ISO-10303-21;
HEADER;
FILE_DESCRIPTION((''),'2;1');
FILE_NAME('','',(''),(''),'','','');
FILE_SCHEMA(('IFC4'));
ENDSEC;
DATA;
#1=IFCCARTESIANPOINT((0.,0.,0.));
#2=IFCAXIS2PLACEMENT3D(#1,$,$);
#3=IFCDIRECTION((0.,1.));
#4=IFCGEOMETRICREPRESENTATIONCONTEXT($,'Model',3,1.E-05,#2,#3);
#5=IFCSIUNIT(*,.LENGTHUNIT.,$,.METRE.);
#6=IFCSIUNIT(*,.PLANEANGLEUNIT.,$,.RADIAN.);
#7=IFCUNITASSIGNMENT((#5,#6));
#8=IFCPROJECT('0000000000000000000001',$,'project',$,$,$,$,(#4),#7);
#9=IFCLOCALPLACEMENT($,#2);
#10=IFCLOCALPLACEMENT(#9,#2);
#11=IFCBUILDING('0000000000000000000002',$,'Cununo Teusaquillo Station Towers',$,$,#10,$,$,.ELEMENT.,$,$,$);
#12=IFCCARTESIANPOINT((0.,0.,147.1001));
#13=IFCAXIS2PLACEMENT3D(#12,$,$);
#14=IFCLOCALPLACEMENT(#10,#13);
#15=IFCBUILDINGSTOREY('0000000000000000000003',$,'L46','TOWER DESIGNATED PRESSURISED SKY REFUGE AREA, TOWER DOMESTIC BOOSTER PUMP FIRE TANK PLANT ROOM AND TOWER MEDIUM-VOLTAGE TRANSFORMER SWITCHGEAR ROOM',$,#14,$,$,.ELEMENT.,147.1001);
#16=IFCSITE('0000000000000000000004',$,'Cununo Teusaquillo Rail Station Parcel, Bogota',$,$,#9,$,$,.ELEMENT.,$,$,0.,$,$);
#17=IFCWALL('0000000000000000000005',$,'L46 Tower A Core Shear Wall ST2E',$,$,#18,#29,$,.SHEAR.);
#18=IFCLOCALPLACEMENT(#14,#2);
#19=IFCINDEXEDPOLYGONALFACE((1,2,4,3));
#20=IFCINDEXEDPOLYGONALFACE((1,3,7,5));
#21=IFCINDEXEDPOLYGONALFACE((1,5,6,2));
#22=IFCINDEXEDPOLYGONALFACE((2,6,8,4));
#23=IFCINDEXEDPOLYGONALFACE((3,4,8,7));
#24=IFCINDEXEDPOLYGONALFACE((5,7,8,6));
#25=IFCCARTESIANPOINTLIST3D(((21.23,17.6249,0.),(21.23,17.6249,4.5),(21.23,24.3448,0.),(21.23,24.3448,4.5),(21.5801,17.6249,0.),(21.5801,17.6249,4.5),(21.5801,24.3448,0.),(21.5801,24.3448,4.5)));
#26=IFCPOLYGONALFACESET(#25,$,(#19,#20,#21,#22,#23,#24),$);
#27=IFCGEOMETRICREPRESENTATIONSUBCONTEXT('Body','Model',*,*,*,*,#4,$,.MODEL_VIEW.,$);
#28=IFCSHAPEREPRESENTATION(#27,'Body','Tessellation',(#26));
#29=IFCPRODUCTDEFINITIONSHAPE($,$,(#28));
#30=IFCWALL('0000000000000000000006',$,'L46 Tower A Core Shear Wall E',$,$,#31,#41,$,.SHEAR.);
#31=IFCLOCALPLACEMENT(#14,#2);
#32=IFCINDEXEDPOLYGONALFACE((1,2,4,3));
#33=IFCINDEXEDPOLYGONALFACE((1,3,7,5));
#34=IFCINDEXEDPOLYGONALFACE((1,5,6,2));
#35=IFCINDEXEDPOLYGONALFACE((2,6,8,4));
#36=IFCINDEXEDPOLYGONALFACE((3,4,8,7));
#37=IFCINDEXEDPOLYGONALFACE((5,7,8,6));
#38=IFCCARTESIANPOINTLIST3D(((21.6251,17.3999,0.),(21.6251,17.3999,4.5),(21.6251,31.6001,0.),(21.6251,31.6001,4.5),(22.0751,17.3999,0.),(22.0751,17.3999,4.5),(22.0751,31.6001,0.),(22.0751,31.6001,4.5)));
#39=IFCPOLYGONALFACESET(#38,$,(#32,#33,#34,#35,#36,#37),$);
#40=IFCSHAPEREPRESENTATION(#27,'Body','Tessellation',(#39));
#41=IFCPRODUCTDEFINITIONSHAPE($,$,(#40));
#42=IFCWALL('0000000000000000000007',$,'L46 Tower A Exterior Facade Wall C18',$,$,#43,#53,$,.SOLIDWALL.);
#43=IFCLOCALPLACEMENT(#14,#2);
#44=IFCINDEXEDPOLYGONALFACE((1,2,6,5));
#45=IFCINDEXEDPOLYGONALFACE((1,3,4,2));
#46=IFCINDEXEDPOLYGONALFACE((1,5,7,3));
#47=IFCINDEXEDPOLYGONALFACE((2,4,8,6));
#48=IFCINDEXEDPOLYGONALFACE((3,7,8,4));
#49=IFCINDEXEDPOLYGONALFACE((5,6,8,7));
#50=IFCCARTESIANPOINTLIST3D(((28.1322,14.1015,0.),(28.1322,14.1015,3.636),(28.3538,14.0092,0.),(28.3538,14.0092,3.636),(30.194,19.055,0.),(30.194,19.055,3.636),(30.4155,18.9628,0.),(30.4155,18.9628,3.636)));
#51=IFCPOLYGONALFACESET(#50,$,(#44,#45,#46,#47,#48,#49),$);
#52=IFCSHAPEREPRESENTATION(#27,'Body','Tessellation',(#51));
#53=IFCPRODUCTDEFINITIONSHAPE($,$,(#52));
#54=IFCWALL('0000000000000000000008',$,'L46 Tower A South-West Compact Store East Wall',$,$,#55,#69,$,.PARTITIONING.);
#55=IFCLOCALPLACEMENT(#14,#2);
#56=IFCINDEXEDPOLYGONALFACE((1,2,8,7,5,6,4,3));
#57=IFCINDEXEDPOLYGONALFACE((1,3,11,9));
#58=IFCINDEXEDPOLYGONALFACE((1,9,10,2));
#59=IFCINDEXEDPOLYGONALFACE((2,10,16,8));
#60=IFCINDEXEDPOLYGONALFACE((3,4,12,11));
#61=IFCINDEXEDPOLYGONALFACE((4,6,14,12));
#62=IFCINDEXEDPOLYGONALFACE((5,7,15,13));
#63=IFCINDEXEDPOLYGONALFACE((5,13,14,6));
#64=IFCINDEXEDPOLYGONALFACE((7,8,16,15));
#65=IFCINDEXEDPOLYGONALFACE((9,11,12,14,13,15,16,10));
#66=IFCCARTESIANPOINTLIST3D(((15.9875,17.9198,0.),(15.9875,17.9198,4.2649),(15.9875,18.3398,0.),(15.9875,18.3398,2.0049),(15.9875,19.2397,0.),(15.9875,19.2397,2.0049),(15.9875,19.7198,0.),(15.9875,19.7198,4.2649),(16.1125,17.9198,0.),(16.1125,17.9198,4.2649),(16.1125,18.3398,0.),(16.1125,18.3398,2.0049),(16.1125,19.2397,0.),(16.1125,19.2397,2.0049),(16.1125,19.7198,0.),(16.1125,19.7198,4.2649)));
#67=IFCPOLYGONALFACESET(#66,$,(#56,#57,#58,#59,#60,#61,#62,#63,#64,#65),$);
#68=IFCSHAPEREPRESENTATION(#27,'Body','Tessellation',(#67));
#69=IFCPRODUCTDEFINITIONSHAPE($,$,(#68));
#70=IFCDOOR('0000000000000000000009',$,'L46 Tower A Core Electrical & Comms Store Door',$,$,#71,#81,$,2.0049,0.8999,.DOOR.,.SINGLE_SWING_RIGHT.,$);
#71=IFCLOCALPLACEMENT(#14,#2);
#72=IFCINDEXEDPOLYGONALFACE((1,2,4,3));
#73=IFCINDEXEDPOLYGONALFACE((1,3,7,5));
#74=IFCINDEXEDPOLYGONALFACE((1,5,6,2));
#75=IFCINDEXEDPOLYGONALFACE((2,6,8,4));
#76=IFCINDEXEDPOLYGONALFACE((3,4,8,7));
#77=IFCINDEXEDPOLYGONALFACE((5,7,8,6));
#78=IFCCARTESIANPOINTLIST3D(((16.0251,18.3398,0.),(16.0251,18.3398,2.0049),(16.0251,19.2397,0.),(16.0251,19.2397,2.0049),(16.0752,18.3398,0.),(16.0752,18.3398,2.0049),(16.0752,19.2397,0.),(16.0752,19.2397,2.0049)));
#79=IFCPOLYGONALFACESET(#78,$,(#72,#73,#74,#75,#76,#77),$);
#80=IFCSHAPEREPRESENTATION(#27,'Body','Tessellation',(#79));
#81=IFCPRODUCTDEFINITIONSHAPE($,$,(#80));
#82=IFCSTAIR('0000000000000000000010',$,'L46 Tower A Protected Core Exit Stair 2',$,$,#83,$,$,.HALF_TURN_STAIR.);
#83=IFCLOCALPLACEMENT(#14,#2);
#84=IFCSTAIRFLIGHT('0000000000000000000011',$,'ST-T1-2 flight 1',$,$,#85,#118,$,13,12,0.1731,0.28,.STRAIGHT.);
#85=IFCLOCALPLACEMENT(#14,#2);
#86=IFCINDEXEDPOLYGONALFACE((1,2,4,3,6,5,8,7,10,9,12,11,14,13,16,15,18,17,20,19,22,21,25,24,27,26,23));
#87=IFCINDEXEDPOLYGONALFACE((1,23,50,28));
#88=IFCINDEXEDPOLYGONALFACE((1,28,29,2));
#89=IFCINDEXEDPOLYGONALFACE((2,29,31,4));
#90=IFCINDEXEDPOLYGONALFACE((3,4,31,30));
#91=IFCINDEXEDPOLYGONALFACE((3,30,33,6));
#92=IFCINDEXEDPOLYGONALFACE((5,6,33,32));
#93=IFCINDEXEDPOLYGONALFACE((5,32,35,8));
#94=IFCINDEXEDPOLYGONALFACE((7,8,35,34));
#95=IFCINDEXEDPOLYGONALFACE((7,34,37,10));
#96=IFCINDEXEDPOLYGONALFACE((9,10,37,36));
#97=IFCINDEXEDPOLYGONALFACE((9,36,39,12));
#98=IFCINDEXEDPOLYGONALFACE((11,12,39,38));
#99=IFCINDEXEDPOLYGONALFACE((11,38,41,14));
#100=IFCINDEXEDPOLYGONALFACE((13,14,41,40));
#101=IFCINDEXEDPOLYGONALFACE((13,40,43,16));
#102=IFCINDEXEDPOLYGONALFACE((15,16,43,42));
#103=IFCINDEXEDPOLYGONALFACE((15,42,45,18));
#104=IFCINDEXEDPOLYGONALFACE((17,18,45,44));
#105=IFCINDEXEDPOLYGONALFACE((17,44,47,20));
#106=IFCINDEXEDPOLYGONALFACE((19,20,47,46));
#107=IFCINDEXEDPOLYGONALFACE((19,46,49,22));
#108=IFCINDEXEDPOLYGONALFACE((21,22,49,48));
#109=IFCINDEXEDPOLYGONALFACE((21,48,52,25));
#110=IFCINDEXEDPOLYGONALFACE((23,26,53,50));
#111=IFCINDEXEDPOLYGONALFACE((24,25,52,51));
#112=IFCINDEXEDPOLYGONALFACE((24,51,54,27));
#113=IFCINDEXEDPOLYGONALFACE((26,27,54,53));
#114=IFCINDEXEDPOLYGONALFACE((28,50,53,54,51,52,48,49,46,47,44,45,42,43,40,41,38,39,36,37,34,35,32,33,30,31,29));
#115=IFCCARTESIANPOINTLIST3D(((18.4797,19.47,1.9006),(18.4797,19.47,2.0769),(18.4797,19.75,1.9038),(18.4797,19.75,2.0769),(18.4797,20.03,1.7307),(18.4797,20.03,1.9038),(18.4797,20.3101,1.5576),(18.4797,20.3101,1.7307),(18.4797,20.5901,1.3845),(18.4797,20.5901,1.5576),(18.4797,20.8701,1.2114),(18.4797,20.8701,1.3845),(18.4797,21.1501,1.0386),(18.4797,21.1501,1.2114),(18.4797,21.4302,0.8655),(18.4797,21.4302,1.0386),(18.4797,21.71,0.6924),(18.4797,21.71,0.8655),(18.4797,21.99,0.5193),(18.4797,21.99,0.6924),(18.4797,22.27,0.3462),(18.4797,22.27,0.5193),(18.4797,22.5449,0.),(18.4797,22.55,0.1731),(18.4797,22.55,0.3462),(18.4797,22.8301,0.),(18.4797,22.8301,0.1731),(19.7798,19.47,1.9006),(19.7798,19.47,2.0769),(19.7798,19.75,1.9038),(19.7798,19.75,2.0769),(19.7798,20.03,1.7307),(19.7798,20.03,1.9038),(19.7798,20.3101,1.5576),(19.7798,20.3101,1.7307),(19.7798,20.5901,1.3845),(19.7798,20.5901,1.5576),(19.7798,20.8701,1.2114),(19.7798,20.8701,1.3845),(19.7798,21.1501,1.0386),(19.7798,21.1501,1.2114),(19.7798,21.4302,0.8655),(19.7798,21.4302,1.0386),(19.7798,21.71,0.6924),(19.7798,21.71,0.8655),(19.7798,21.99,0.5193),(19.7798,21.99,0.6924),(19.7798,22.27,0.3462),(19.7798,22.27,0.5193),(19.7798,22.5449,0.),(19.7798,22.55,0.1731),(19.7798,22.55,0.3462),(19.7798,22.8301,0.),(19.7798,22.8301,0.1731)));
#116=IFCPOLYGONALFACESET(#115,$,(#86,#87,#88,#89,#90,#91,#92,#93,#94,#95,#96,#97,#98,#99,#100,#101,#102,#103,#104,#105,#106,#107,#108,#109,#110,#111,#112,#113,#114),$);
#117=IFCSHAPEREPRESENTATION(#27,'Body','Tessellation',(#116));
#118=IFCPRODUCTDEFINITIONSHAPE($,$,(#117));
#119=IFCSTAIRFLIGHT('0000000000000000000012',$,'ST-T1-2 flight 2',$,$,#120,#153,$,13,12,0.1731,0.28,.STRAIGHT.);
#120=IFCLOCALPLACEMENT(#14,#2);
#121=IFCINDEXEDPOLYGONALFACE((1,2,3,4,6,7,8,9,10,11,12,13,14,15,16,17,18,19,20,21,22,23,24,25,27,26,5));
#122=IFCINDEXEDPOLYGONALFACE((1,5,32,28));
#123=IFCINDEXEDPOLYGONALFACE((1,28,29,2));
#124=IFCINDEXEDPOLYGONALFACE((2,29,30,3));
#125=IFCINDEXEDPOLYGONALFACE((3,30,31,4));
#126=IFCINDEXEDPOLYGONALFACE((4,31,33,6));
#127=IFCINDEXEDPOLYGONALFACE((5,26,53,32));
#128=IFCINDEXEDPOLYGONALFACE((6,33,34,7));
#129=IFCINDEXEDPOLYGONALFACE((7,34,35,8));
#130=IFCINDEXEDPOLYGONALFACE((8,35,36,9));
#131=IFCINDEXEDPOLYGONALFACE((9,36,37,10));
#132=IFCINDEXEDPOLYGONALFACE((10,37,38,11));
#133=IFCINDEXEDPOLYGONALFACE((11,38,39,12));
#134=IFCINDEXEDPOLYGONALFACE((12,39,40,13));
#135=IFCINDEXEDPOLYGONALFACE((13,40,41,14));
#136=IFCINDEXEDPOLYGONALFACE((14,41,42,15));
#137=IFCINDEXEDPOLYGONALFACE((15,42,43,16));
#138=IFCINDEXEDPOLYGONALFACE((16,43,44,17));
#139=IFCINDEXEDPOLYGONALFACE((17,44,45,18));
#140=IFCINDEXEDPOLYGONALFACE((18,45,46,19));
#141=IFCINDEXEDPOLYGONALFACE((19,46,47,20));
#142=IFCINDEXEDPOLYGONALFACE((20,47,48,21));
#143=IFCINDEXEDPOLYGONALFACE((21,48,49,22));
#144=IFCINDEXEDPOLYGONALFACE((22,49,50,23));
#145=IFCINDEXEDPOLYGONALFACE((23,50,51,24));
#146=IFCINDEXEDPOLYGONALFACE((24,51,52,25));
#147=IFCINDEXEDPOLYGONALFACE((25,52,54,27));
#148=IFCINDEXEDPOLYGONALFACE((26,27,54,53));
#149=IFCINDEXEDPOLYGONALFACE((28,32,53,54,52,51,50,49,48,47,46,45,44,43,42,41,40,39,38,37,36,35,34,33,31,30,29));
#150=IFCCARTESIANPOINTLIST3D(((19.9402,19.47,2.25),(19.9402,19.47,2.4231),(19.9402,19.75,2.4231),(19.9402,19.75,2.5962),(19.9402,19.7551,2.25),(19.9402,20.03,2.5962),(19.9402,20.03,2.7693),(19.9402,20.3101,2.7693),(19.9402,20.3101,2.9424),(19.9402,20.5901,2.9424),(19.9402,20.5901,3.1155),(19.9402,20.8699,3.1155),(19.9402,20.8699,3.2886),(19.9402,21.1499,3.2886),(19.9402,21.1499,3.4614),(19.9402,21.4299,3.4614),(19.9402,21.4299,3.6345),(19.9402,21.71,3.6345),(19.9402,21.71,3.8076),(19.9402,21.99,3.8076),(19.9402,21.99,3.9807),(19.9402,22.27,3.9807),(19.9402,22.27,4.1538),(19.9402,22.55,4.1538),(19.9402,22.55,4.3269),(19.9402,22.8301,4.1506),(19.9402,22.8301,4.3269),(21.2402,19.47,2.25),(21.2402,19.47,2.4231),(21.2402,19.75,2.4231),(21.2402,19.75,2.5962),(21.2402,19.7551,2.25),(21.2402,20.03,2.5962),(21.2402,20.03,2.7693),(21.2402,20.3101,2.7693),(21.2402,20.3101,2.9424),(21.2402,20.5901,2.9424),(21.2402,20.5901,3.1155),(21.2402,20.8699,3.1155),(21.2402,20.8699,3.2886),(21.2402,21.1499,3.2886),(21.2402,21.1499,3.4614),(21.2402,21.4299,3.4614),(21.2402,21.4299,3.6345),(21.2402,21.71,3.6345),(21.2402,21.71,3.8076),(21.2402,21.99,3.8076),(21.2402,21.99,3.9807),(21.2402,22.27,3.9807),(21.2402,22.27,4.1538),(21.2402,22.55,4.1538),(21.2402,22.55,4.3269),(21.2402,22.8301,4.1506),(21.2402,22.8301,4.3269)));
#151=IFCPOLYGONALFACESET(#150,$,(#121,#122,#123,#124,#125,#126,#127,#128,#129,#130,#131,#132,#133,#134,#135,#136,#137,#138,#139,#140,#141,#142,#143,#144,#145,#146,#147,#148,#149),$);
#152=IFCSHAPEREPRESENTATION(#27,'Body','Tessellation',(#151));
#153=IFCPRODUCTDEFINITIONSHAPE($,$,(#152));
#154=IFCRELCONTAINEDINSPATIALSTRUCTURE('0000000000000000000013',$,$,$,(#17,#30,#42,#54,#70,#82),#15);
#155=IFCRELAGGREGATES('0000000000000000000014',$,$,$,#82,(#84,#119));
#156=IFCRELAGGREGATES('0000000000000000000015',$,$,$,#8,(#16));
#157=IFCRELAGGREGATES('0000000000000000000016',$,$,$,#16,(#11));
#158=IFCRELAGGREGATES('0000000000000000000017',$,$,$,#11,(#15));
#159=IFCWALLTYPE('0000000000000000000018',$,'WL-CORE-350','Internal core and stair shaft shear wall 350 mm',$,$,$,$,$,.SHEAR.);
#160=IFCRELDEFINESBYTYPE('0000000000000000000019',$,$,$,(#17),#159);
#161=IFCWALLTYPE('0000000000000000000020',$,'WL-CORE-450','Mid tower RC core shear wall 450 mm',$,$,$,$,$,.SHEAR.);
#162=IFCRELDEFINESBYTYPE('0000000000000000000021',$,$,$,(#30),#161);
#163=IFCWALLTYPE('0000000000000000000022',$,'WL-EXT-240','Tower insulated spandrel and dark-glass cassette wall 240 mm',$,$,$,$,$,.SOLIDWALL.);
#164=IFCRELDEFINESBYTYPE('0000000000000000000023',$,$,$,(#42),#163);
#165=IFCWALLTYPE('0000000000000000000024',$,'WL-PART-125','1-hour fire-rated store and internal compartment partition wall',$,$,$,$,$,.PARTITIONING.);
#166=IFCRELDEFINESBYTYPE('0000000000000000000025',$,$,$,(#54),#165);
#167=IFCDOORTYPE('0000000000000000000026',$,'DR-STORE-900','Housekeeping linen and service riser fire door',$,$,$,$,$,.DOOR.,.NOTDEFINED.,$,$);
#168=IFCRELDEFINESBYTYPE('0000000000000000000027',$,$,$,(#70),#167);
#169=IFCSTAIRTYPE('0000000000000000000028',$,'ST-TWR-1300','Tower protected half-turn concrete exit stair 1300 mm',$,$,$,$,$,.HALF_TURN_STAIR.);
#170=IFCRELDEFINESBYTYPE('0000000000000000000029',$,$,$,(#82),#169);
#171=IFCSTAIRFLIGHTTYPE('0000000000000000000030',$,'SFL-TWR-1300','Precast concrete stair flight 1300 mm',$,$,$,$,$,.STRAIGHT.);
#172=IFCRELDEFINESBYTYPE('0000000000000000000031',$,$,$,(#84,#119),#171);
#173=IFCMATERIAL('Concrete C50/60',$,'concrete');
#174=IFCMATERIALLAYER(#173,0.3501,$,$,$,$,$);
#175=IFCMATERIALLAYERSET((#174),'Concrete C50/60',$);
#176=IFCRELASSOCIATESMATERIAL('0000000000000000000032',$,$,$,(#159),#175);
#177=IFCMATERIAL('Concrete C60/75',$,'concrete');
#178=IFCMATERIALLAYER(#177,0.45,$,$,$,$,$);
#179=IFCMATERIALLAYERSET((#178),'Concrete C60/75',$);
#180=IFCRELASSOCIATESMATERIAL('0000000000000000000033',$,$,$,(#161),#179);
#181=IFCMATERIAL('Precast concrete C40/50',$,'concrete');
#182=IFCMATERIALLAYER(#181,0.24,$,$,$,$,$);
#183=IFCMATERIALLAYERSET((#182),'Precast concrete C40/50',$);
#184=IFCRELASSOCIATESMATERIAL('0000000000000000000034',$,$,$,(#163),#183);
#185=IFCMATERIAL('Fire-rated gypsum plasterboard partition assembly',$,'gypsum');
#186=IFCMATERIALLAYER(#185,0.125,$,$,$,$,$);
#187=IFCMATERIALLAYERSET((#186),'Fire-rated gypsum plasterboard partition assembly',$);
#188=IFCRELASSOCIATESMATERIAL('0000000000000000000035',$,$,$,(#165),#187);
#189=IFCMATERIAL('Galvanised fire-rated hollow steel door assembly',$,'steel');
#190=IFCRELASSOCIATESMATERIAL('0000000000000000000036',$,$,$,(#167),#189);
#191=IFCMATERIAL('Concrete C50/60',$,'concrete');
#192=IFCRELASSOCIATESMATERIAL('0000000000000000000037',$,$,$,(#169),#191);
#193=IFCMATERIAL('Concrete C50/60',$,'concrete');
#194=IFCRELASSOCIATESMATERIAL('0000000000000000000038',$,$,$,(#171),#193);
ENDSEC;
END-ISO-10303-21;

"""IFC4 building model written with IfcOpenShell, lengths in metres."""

from ifc_helpers import new_model, si_unit, direction, frame, frame_2d, origin, place, context, subcontext, project, spatial, polyline, rectangle, outline, extrude, source, transform, mapped, material, layer, layer_set, type_object, element, fill, aggregate, save


model = new_model("IFC4")

# Units and contexts
model_context = context("Model", 3, precision=1e-05, world=origin(), true_north=direction((0.0, 1.0)))
body_context = subcontext(model_context, "Body", "Model", "MODEL_VIEW")
ifc_project = project(units=[si_unit("LENGTHUNIT", "METRE"), si_unit("PLANEANGLEUNIT", "RADIAN")], contexts=[model_context])

# Site, building, storey
site_placement = place(None, origin())
site = spatial("IfcSite", under=ifc_project, at=site_placement, Name="Cununo Teusaquillo Rail Station Parcel, Bogota", CompositionType="ELEMENT", RefElevation=0.0)
building_placement = place(site_placement, origin())
building = spatial("IfcBuilding", under=site, at=building_placement, Name="Cununo Teusaquillo Station Towers", CompositionType="ELEMENT")
storey_placement = place(building_placement, frame((0.0, 0.0, 147.1001)))
storey = spatial("IfcBuildingStorey", under=building, at=storey_placement, Name="L46", Description="TOWER DESIGNATED PRESSURISED SKY REFUGE AREA, TOWER DOMESTIC BOOSTER PUMP FIRE TANK PLANT ROOM AND TOWER MEDIUM-VOLTAGE TRANSFORMER SWITCHGEAR ROOM", CompositionType="ELEMENT", Elevation=147.1001)

# Shared definitions
ifc_material_1 = material(Name="Concrete C50/60", Category="concrete")
ifc_layer_1 = layer(ifc_material_1, 0.3501)
ifc_layer_set_1 = layer_set([ifc_layer_1], Name="Concrete C50/60")
wall_type_1 = type_object("IfcWallType", Name="WL-CORE-350", Description="Internal core and stair shaft shear wall 350 mm", PredefinedType="SHEAR", material=ifc_layer_set_1)

# Walls
wall_1_placement = place(storey_placement, frame((21.405, 17.625, 0.0), z_axis=(0.0, 0.0, 1.0), x_axis=(0.0, 1.0, 0.0)))
element("IfcWall", 1, at=wall_1_placement, inside=storey, type_object=wall_type_1, Name="L46 Tower A Core Shear Wall ST2E", PredefinedType="SHEAR", context=body_context, shape_type="SweptSolid", body=[
    extrude(rectangle(XDim=6.72, YDim=0.3501, at=frame_2d((3.3599, 0.0))), origin(), (0.0, 0.0, 1.0), 4.5),
])
ifc_material_2 = material(Name="Concrete C60/75", Category="concrete")
ifc_layer_2 = layer(ifc_material_2, 0.45)
ifc_layer_set_2 = layer_set([ifc_layer_2], Name="Concrete C60/75")
wall_type_2 = type_object("IfcWallType", Name="WL-CORE-450", Description="Mid tower RC core shear wall 450 mm", PredefinedType="SHEAR", material=ifc_layer_set_2)
wall_2_placement = place(storey_placement, frame((21.8501, 17.3999, 0.0), z_axis=(0.0, 0.0, 1.0), x_axis=(0.0, 1.0, 0.0)))
element("IfcWall", 2, at=wall_2_placement, inside=storey, type_object=wall_type_2, Name="L46 Tower A Core Shear Wall E", PredefinedType="SHEAR", context=body_context, shape_type="SweptSolid", body=[
    extrude(rectangle(XDim=14.2002, YDim=0.45, at=frame_2d((7.1001, 0.0))), origin(), (0.0, 0.0, 1.0), 4.5),
])
ifc_material_3 = material(Name="Precast concrete C40/50", Category="concrete")
ifc_layer_3 = layer(ifc_material_3, 0.24)
ifc_layer_set_3 = layer_set([ifc_layer_3], Name="Precast concrete C40/50")
wall_type_3 = type_object("IfcWallType", Name="WL-EXT-240", Description="Tower insulated spandrel and dark-glass cassette wall 240 mm", PredefinedType="SOLIDWALL", material=ifc_layer_set_3)
wall_3_placement = place(storey_placement, frame((30.3047, 19.0088, 0.0), z_axis=(0.0, 0.0, 1.0), x_axis=(-0.38426, -0.923225, 0.0)))
element("IfcWall", 3, at=wall_3_placement, inside=storey, type_object=wall_type_3, Name="L46 Tower A Exterior Facade Wall C18", PredefinedType="SOLIDWALL", context=body_context, shape_type="SweptSolid", body=[
    extrude(rectangle(XDim=5.3655, YDim=0.24, at=frame_2d((2.6826, 0.0))), origin(), (0.0, 0.0, 1.0), 3.636),
])

# Wall, opening, door
ifc_material_4 = material(Name="Fire-rated gypsum plasterboard partition assembly", Category="gypsum")
ifc_layer_4 = layer(ifc_material_4, 0.125)
ifc_layer_set_4 = layer_set([ifc_layer_4], Name="Fire-rated gypsum plasterboard partition assembly")
wall_type_4 = type_object("IfcWallType", Name="WL-PART-125", Description="1-hour fire-rated store and internal compartment partition wall", PredefinedType="PARTITIONING", material=ifc_layer_set_4)
wall_4_placement = place(storey_placement, frame((16.05, 17.9199, 0.0), z_axis=(0.0, 0.0, 1.0), x_axis=(0.0, 1.0, 0.0)))
wall_4 = element("IfcWall", 4, at=wall_4_placement, inside=storey, type_object=wall_type_4, Name="L46 Tower A South-West Compact Store East Wall", PredefinedType="PARTITIONING", context=body_context, shape_type="SweptSolid", body=[
    extrude(rectangle(XDim=1.8, YDim=0.125, at=frame_2d((0.8999, 0.0))), origin(), (0.0, 0.0, 1.0), 4.2649),
])
shared_shape_1 = source(origin(), body_context, "Body", "SweptSolid", [
    extrude(rectangle(XDim=0.8999, YDim=2.0049, at=frame_2d((0.45, 1.0024))), frame((0.0, 0.0725, 0.0), z_axis=(0.0, -1.0, 0.0), x_axis=(1.0, 0.0, 0.0)), (0.0, 0.0, 1.0), 0.145),
])
opening_1_placement = place(wall_4_placement, frame((0.4199, 0.0, 0.0)))
opening_1 = element("IfcOpeningElement", 5, at=opening_1_placement, cuts=wall_4, PredefinedType="OPENING", context=body_context, shape_type="MappedRepresentation", body=[
    mapped(shared_shape_1, transform((0.0, 0.0, 0.0), x_axis=(1.0, 0.0, 0.0), y_axis=(0.0, 1.0, 0.0), z_axis=(0.0, 0.0, 1.0), scale=1.0)),
])
ifc_material_5 = material(Name="Galvanised fire-rated hollow steel door assembly", Category="steel")
door_type_1 = type_object("IfcDoorType", Name="DR-STORE-900", Description="Housekeeping linen and service riser fire door", OperationType="NOTDEFINED", PredefinedType="DOOR", material=ifc_material_5)
shared_shape_2 = source(origin(), body_context, "Body", "SweptSolid", [
    extrude(rectangle(XDim=0.8999, YDim=2.0049, at=frame_2d((0.45, 1.0024))), frame((0.0, 0.0249, 0.0), z_axis=(0.0, -1.0, 0.0), x_axis=(1.0, 0.0, 0.0)), (0.0, 0.0, 1.0), 0.05),
])
door_1_placement = place(opening_1_placement, origin())
door_1 = element("IfcDoor", 6, at=door_1_placement, inside=storey, type_object=door_type_1, Name="L46 Tower A Core Electrical & Comms Store Door", OperationType="SINGLE_SWING_RIGHT", OverallHeight=2.0049, OverallWidth=0.8999, PredefinedType="DOOR", context=body_context, shape_type="MappedRepresentation", body=[
    mapped(shared_shape_2, transform((0.0, 0.0, 0.0), x_axis=(1.0, 0.0, 0.0), y_axis=(0.0, 1.0, 0.0), z_axis=(0.0, 0.0, 1.0), scale=1.0)),
])
fill(opening_1, door_1)

# Stair, stair flights
ifc_material_6 = material(Name="Concrete C50/60", Category="concrete")
stair_type = type_object("IfcStairType", Name="ST-TWR-1300", Description="Tower protected half-turn concrete exit stair 1300 mm", PredefinedType="HALF_TURN_STAIR", material=ifc_material_6)
stair_placement = place(storey_placement, origin())
stair = element("IfcStair", 7, at=stair_placement, inside=storey, type_object=stair_type, Name="L46 Tower A Protected Core Exit Stair 2", PredefinedType="HALF_TURN_STAIR")
ifc_material_7 = material(Name="Concrete C50/60", Category="concrete")
stair_flight_type = type_object("IfcStairFlightType", Name="SFL-TWR-1300", Description="Precast concrete stair flight 1300 mm", PredefinedType="STRAIGHT", material=ifc_material_7)
stair_flight_1_placement = place(storey_placement, frame((19.1299, 22.8301, 0.0), z_axis=(0.0, 0.0, 1.0), x_axis=(0.0, -1.0, 0.0)))
stair_flight_1 = element("IfcStairFlight", 8, at=stair_flight_1_placement, type_object=stair_flight_type, Name="ST-T1-2 flight 1", NumberOfRisers=13, NumberOfTreads=12, PredefinedType="STRAIGHT", RiserHeight=0.1731, TreadLength=0.28, context=body_context, shape_type="SweptSolid", body=[
    extrude(outline(polyline([(0.0, 0.0), (0.0, 0.1731), (0.28, 0.1731), (0.28, 0.3462), (0.5601, 0.3462), (0.5601, 0.5193), (0.8401, 0.5193), (0.8401, 0.6924), (1.1201, 0.6924), (1.1201, 0.8655), (1.3999, 0.8655), (1.3999, 1.0386), (1.6799, 1.0386), (1.6799, 1.2114), (1.96, 1.2114), (1.96, 1.3845), (2.24, 1.3845), (2.24, 1.5576), (2.52, 1.5576), (2.52, 1.7307), (2.8, 1.7307), (2.8, 1.9038), (3.0801, 1.9038), (3.0801, 2.0769), (3.3601, 2.0769), (3.3601, 2.25), (3.3601, 1.9006), (0.2852, 0.0), (0.0, 0.0)])), frame((0.0, 0.6499, 0.0), z_axis=(0.0, -1.0, 0.0), x_axis=(1.0, 0.0, 0.0)), (0.0, 0.0, 1.0), 1.3),
])
stair_flight_2_placement = place(storey_placement, frame((20.5901, 19.47, 2.25), z_axis=(0.0, 0.0, 1.0), x_axis=(0.0, 1.0, 0.0)))
stair_flight_2 = element("IfcStairFlight", 9, at=stair_flight_2_placement, type_object=stair_flight_type, Name="ST-T1-2 flight 2", NumberOfRisers=13, NumberOfTreads=12, PredefinedType="STRAIGHT", RiserHeight=0.1731, TreadLength=0.28, context=body_context, shape_type="SweptSolid", body=[
    extrude(outline(polyline([(0.0, 0.0), (0.0, 0.1731), (0.28, 0.1731), (0.28, 0.3462), (0.5601, 0.3462), (0.5601, 0.5193), (0.8401, 0.5193), (0.8401, 0.6924), (1.1201, 0.6924), (1.1201, 0.8655), (1.3999, 0.8655), (1.3999, 1.0386), (1.6799, 1.0386), (1.6799, 1.2114), (1.96, 1.2114), (1.96, 1.3845), (2.24, 1.3845), (2.24, 1.5576), (2.52, 1.5576), (2.52, 1.7307), (2.8, 1.7307), (2.8, 1.9038), (3.0801, 1.9038), (3.0801, 2.0769), (3.3601, 2.0769), (3.3601, 2.25), (3.3601, 1.9006), (0.2852, 0.0), (0.0, 0.0)])), frame((0.0, 0.6499, 0.0), z_axis=(0.0, -1.0, 0.0), x_axis=(1.0, 0.0, 0.0)), (0.0, 0.0, 1.0), 1.3),
])
aggregate(stair, [stair_flight_1, stair_flight_2])

save(model, "model.ifc")
